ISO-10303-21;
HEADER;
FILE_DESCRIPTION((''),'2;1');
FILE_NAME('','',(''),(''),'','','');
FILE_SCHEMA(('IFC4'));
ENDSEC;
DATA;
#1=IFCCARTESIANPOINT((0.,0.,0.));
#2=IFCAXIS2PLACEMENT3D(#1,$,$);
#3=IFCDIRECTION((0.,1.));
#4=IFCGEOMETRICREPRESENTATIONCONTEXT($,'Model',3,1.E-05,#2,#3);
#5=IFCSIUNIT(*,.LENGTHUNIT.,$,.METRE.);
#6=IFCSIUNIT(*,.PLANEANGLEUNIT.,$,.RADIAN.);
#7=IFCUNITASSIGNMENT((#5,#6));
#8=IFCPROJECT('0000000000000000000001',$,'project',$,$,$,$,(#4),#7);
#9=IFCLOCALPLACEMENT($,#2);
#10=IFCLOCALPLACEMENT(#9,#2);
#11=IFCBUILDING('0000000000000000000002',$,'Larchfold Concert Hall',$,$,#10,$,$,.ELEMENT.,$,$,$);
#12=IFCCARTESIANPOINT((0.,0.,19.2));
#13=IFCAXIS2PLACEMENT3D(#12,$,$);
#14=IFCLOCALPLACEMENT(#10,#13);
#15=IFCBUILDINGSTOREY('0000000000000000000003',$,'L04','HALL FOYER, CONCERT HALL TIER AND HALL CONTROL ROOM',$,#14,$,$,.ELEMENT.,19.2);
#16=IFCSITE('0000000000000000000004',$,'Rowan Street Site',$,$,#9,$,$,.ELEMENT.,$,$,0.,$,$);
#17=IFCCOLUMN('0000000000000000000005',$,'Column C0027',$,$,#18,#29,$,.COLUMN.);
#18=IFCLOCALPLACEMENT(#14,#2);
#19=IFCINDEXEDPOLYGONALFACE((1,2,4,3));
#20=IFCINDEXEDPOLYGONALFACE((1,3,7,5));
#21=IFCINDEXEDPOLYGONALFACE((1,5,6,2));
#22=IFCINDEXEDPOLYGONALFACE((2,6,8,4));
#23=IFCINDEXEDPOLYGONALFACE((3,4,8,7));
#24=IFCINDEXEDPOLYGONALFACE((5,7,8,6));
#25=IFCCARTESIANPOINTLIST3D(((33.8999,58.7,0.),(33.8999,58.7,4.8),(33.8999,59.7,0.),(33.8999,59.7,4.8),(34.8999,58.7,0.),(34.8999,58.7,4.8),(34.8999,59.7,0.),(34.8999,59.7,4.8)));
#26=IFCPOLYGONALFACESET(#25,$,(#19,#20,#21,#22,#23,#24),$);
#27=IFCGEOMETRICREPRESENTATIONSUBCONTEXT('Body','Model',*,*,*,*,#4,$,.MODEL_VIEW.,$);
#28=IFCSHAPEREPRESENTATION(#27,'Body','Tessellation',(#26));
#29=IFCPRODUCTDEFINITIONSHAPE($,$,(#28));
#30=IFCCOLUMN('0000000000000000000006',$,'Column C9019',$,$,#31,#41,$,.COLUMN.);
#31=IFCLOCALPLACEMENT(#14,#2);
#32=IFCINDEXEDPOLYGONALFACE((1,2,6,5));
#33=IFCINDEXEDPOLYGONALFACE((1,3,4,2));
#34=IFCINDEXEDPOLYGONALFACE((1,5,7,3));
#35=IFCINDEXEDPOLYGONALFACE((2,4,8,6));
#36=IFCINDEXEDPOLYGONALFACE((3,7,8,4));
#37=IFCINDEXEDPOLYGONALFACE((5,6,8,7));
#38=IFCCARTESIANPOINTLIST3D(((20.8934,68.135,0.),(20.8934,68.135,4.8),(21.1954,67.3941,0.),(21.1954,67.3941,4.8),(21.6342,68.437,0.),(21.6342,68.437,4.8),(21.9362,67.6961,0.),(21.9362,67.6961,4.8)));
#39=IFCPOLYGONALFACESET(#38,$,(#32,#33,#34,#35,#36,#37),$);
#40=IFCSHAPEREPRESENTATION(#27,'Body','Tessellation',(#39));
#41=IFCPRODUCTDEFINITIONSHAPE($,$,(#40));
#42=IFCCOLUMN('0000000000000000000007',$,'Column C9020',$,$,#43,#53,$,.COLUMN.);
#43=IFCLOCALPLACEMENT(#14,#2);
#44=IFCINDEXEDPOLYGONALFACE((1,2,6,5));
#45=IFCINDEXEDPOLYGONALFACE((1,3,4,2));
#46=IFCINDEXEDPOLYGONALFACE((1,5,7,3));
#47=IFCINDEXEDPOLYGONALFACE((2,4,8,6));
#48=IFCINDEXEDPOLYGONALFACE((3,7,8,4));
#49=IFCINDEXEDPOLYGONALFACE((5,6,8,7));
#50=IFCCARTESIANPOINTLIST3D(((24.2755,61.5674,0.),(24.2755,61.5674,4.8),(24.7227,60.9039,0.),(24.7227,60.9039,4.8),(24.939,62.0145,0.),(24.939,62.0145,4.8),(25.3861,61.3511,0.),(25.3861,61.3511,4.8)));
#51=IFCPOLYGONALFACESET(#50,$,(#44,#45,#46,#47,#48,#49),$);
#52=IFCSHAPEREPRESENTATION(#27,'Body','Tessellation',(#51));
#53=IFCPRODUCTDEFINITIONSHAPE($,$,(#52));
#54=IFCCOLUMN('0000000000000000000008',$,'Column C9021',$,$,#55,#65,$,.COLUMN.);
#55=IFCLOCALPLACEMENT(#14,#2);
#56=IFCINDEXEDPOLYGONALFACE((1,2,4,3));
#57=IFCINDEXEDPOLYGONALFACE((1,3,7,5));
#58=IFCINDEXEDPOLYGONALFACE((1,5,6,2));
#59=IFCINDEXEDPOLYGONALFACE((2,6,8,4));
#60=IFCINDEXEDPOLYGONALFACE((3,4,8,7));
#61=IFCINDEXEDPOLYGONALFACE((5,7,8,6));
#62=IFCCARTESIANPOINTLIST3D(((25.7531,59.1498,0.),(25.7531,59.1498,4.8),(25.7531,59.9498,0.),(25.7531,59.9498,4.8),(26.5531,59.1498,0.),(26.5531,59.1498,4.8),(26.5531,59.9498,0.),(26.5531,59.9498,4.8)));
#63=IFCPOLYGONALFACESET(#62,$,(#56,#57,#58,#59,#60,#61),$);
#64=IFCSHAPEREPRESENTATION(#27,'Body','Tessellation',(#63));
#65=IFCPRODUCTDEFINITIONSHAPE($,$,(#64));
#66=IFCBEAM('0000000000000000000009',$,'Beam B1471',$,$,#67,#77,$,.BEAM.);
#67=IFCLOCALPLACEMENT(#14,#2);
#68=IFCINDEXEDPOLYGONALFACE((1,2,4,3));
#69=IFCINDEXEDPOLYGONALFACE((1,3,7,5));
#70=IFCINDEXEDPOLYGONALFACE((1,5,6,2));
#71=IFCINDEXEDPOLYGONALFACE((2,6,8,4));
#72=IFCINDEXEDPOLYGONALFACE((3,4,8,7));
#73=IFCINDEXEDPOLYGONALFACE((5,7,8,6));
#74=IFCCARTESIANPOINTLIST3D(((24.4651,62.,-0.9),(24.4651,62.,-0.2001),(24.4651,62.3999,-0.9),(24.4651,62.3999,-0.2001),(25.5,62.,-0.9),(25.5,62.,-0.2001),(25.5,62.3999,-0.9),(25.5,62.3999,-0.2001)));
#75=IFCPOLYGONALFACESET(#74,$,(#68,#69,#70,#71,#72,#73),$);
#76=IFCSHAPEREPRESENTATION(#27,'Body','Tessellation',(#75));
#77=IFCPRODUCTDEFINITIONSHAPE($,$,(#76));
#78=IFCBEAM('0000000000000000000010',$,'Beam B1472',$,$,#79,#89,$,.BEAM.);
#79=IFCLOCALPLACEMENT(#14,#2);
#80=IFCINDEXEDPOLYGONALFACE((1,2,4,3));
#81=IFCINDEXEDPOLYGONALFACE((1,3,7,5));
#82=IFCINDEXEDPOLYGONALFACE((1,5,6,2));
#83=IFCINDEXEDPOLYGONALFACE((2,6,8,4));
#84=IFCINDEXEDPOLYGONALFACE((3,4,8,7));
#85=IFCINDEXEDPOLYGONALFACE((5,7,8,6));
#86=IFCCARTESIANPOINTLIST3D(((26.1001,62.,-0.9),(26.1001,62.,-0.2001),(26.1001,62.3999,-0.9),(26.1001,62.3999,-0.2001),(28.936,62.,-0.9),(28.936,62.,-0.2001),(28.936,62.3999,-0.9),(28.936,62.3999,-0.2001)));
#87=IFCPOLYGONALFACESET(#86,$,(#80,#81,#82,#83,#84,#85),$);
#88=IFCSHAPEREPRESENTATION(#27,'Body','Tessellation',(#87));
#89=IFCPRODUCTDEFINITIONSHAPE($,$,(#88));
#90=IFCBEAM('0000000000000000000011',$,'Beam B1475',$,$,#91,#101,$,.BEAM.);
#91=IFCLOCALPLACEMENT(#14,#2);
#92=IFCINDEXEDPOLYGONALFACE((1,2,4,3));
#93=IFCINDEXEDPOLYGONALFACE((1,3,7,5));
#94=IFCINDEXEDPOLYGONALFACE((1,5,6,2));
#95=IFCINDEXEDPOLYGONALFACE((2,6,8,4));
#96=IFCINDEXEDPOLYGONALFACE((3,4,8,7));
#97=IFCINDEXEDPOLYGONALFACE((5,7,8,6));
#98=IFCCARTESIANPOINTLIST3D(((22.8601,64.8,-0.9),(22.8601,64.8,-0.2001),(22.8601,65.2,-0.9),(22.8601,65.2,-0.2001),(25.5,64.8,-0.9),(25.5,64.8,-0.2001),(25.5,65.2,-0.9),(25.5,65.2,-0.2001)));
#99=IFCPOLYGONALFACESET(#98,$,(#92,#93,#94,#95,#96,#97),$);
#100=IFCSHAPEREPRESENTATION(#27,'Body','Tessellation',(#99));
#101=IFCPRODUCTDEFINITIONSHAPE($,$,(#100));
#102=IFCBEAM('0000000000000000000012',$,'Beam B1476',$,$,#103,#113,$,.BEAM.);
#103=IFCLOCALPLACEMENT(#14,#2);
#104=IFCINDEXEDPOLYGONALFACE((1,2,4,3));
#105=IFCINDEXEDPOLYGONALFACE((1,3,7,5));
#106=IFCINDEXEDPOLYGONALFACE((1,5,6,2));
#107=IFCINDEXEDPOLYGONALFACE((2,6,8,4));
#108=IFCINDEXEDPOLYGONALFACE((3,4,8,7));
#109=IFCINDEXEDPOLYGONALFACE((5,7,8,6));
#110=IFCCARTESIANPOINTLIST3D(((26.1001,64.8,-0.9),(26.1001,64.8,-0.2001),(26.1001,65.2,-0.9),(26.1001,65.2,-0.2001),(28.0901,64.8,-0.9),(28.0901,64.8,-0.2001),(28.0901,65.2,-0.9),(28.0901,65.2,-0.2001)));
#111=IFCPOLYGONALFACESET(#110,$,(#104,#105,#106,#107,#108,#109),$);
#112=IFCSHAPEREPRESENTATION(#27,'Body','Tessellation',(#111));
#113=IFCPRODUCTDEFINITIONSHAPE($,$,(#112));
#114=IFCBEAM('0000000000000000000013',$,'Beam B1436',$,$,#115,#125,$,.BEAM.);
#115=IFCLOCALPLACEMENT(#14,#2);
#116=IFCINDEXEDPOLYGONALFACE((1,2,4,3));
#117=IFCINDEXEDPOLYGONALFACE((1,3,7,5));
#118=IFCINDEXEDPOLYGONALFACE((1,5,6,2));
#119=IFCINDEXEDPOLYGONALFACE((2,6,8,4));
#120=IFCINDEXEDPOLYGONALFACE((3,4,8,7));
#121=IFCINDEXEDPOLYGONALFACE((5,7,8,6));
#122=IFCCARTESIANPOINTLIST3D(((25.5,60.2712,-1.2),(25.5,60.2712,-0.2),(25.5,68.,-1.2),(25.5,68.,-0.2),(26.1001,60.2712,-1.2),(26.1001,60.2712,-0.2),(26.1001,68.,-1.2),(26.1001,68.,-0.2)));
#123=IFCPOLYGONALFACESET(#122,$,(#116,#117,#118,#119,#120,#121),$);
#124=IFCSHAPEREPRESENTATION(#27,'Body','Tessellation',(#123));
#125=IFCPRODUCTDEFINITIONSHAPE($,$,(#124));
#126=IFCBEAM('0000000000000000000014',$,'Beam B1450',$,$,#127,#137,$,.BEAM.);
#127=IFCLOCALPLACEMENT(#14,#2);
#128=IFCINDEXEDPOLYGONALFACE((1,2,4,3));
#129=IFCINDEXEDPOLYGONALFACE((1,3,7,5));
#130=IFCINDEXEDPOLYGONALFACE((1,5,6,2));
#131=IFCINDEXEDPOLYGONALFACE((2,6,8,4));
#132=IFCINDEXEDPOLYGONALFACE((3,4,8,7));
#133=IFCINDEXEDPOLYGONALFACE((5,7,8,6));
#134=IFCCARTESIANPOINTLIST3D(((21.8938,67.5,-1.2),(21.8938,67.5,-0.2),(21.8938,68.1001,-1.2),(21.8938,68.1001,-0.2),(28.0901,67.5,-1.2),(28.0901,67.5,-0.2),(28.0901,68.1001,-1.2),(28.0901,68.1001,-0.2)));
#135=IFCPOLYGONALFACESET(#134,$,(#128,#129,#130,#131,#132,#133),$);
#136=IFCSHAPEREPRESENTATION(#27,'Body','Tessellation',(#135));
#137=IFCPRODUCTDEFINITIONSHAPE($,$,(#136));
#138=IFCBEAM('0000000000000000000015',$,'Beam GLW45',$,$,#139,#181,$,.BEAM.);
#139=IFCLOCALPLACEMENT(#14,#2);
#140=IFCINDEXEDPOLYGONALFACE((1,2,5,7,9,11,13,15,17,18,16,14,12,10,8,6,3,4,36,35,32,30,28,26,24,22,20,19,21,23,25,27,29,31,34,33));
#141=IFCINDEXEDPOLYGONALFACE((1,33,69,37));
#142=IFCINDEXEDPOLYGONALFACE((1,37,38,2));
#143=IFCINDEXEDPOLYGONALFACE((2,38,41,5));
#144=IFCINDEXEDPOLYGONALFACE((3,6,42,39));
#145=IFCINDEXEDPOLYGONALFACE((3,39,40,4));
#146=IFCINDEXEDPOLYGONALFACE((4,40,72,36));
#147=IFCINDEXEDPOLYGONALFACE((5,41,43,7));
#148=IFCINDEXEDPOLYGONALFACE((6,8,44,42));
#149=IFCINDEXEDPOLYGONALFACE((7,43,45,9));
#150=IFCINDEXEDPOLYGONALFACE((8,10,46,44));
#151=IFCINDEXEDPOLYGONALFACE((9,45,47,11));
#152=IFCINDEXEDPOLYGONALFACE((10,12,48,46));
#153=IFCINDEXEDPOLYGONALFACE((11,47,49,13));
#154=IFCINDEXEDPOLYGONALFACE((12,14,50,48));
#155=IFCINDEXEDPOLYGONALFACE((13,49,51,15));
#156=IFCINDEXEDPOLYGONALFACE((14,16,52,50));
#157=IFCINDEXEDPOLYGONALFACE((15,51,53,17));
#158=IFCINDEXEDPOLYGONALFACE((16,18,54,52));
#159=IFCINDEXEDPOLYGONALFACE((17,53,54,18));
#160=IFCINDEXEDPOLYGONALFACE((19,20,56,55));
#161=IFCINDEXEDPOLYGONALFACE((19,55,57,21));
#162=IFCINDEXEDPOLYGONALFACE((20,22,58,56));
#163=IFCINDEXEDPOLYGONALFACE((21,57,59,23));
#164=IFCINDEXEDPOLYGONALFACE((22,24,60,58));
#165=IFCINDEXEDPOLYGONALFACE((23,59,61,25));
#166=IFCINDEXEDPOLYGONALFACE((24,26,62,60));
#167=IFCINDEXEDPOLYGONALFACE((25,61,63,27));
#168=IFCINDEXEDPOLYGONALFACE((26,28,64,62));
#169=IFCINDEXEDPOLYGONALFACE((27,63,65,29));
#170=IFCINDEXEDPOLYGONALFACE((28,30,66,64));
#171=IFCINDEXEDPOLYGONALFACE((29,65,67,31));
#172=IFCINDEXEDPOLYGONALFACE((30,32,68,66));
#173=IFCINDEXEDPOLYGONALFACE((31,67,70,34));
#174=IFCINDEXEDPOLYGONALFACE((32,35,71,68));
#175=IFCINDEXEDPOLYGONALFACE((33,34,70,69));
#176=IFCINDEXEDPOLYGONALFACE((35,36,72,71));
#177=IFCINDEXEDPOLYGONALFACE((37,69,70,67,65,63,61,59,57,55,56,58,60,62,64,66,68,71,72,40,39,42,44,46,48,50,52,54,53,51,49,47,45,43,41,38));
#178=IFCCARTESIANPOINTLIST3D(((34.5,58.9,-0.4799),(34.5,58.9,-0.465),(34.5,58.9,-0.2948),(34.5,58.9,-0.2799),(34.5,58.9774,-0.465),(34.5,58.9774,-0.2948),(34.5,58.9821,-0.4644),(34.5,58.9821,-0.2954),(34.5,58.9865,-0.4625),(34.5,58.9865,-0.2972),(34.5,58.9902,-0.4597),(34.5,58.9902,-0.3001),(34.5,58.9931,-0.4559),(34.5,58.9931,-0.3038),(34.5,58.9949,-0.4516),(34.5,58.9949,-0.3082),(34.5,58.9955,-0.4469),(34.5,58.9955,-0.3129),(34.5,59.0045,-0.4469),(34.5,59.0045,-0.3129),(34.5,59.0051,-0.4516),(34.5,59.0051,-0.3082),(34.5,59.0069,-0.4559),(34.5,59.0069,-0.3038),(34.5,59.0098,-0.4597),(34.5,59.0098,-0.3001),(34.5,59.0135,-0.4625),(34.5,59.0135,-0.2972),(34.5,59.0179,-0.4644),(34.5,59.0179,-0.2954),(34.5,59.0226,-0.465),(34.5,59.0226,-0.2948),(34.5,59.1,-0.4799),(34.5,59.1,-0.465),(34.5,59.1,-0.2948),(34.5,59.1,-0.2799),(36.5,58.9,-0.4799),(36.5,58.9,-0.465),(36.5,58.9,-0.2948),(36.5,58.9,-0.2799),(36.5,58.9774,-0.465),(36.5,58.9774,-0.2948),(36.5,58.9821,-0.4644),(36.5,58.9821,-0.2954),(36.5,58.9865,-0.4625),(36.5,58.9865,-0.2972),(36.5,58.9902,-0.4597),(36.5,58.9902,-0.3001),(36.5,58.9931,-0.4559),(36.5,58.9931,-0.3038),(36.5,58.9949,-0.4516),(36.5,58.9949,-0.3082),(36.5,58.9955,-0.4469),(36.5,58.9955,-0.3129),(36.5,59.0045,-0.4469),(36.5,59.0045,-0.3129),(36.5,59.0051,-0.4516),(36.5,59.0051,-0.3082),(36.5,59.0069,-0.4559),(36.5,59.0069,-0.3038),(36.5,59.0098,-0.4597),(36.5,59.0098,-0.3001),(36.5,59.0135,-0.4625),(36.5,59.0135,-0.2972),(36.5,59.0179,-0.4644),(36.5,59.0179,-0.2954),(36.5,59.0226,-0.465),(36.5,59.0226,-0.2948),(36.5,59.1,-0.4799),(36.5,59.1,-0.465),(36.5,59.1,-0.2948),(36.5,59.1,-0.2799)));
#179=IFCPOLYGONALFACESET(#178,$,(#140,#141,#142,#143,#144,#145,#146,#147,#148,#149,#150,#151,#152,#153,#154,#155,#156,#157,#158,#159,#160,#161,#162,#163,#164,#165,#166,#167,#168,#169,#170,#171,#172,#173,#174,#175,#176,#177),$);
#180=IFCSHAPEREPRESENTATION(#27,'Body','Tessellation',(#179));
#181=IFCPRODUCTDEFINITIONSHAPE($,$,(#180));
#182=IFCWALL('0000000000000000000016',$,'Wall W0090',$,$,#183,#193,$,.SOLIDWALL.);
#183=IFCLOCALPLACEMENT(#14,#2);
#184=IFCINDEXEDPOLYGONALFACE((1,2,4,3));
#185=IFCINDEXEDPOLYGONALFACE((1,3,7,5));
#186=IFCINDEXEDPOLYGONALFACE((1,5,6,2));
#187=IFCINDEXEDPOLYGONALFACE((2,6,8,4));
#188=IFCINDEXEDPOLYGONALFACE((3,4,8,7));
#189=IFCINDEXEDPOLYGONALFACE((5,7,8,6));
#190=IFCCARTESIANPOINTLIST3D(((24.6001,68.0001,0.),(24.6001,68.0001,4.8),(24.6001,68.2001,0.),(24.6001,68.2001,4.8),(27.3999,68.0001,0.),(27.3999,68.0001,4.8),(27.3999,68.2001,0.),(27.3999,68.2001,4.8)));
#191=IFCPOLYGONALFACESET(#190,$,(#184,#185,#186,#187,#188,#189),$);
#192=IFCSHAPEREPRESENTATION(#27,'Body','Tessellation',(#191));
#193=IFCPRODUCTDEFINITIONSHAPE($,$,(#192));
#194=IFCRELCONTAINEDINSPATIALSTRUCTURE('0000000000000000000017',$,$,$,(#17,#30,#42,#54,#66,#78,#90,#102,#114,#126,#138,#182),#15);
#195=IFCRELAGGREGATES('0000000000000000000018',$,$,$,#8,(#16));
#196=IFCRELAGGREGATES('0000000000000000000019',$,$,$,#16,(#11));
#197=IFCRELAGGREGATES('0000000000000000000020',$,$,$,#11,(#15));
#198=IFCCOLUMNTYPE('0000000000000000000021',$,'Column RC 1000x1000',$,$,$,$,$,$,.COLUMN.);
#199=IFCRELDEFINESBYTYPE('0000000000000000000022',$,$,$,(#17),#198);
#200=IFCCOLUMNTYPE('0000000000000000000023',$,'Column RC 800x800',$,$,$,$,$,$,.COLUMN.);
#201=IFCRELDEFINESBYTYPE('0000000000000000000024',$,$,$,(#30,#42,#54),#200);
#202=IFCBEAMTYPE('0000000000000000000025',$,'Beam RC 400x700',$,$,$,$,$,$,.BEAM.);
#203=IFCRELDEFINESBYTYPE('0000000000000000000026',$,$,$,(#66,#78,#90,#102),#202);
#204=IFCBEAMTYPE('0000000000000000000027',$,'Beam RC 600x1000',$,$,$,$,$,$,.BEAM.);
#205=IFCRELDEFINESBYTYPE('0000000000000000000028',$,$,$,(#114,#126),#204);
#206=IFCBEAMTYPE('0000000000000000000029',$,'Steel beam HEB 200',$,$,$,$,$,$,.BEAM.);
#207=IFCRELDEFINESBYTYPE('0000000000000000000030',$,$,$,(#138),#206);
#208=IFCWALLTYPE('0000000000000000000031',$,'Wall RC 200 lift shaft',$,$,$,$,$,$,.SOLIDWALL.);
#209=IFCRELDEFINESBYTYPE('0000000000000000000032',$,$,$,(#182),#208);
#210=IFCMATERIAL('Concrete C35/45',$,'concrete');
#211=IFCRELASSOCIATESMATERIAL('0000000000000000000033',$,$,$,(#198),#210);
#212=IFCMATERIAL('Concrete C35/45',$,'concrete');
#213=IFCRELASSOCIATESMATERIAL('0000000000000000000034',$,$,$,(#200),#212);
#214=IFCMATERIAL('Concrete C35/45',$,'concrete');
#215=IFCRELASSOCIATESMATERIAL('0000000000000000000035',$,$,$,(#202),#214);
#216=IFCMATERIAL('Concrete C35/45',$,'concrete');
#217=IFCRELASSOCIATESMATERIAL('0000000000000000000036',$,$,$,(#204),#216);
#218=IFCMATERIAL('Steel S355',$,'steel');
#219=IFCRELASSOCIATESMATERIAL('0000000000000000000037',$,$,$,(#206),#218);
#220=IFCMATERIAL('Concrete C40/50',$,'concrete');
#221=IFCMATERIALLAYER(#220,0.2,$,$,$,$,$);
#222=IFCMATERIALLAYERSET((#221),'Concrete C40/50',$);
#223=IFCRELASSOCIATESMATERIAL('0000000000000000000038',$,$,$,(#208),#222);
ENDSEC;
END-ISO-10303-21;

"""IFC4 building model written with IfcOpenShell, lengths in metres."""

from ifc_helpers import new_model, si_unit, direction, frame, frame_2d, origin, origin_2d, place, context, subcontext, project, spatial, rectangle, i_section, extrude, material, layer, layer_set, material_profile, profile_set, type_object, element, save


model = new_model("IFC4")

# Units and contexts
model_context = context("Model", 3, precision=1e-05, world=origin(), true_north=direction((0.0, 1.0)))
body_context = subcontext(model_context, "Body", "Model", "MODEL_VIEW")
ifc_project = project(units=[si_unit("LENGTHUNIT", "METRE"), si_unit("PLANEANGLEUNIT", "RADIAN")], contexts=[model_context])

# Site, building, storey
site_placement = place(None, origin())
site = spatial("IfcSite", under=ifc_project, at=site_placement, Name="Rowan Street Site", CompositionType="ELEMENT", RefElevation=0.0)
building_placement = place(site_placement, origin())
building = spatial("IfcBuilding", under=site, at=building_placement, Name="Larchfold Concert Hall", CompositionType="ELEMENT")
storey_placement = place(building_placement, frame((0.0, 0.0, 19.2)))
storey = spatial("IfcBuildingStorey", under=building, at=storey_placement, Name="L04", Description="HALL FOYER, CONCERT HALL TIER AND HALL CONTROL ROOM", CompositionType="ELEMENT", Elevation=19.2)

# Columns
ifc_material_1 = material(Name="Concrete C35/45", Category="concrete")
ifc_material_profile_1 = material_profile(ifc_material_1, rectangle(XDim=1.0, YDim=1.0, at=origin_2d()))
ifc_profile_set_1 = profile_set([ifc_material_profile_1], Name="Concrete C35/45")
column_type_1 = type_object("IfcColumnType", Name="Column RC 1000x1000", PredefinedType="COLUMN", material=ifc_profile_set_1)
column_placement = place(storey_placement, frame((34.3999, 59.2, 0.0), z_axis=(0.0, 0.0, 1.0), x_axis=(1.0, 0.0, 0.0)))
element("IfcColumn", 1, at=column_placement, inside=storey, type_object=column_type_1, Name="Column C0027", PredefinedType="COLUMN", context=body_context, shape_type="SweptSolid", body=[
    extrude(rectangle(XDim=1.0, YDim=1.0, at=origin_2d()), origin(), (0.0, 0.0, 1.0), 4.8),
])
ifc_material_2 = material(Name="Concrete C35/45", Category="concrete")
ifc_material_profile_2 = material_profile(ifc_material_2, rectangle(XDim=0.8, YDim=0.8, at=origin_2d()))
ifc_profile_set_2 = profile_set([ifc_material_profile_2], Name="Concrete C35/45")
column_type_2 = type_object("IfcColumnType", Name="Column RC 800x800", PredefinedType="COLUMN", material=ifc_profile_set_2)
for number, where, z_axis, x_axis, name in (
    (2, (21.4148, 67.9155, 0.0), (0.0, 0.0, 1.0), (0.926014, 0.37749, 0.0), "Column C9019"),
    (3, (24.8308, 61.4592, 0.0), (0.0, 0.0, 1.0), (0.829253, 0.558874, 0.0), "Column C9020"),
    (4, (26.1531, 59.5498, 0.0), (0.0, 0.0, 1.0), (1.0, 0.0, 0.0), "Column C9021"),
):
    element("IfcColumn", number, at=place(storey_placement, frame(where, z_axis=z_axis, x_axis=x_axis)), inside=storey, type_object=column_type_2, Name=name, PredefinedType="COLUMN", context=body_context, shape_type="SweptSolid", body=[
        extrude(rectangle(XDim=0.8, YDim=0.8, at=origin_2d()), origin(), (0.0, 0.0, 1.0), 4.8),
    ])

# Beams
ifc_material_3 = material(Name="Concrete C35/45", Category="concrete")
ifc_material_profile_3 = material_profile(ifc_material_3, rectangle(XDim=0.3999, YDim=0.7, at=origin_2d()))
ifc_profile_set_3 = profile_set([ifc_material_profile_3], Name="Concrete C35/45")
beam_type_1 = type_object("IfcBeamType", Name="Beam RC 400x700", PredefinedType="BEAM", material=ifc_profile_set_3)
beam_1_placement = place(storey_placement, frame((24.4651, 62.2, -0.55), z_axis=(1.0, 0.0, 0.0), x_axis=(0.0, 1.0, 0.0)))
element("IfcBeam", 5, at=beam_1_placement, inside=storey, type_object=beam_type_1, Name="Beam B1471", PredefinedType="BEAM", context=body_context, shape_type="SweptSolid", body=[
    extrude(rectangle(XDim=0.3999, YDim=0.7, at=origin_2d()), origin(), (0.0, 0.0, 1.0), 1.0349),
])
beam_2_placement = place(storey_placement, frame((26.1001, 62.2, -0.55), z_axis=(1.0, 0.0, 0.0), x_axis=(0.0, 1.0, 0.0)))
element("IfcBeam", 6, at=beam_2_placement, inside=storey, type_object=beam_type_1, Name="Beam B1472", PredefinedType="BEAM", context=body_context, shape_type="SweptSolid", body=[
    extrude(rectangle(XDim=0.3999, YDim=0.7, at=origin_2d()), origin(), (0.0, 0.0, 1.0), 2.8359),
])
beam_3_placement = place(storey_placement, frame((22.8601, 65.0, -0.55), z_axis=(1.0, 0.0, 0.0), x_axis=(0.0, 1.0, 0.0)))
element("IfcBeam", 7, at=beam_3_placement, inside=storey, type_object=beam_type_1, Name="Beam B1475", PredefinedType="BEAM", context=body_context, shape_type="SweptSolid", body=[
    extrude(rectangle(XDim=0.3999, YDim=0.7, at=origin_2d()), origin(), (0.0, 0.0, 1.0), 2.6399),
])
beam_4_placement = place(storey_placement, frame((26.1001, 65.0, -0.55), z_axis=(1.0, 0.0, 0.0), x_axis=(0.0, 1.0, 0.0)))
element("IfcBeam", 8, at=beam_4_placement, inside=storey, type_object=beam_type_1, Name="Beam B1476", PredefinedType="BEAM", context=body_context, shape_type="SweptSolid", body=[
    extrude(rectangle(XDim=0.3999, YDim=0.7, at=origin_2d()), origin(), (0.0, 0.0, 1.0), 1.99),
])
ifc_material_4 = material(Name="Concrete C35/45", Category="concrete")
ifc_material_profile_4 = material_profile(ifc_material_4, rectangle(XDim=0.6001, YDim=1.0, at=origin_2d()))
ifc_profile_set_4 = profile_set([ifc_material_profile_4], Name="Concrete C35/45")
beam_type_2 = type_object("IfcBeamType", Name="Beam RC 600x1000", PredefinedType="BEAM", material=ifc_profile_set_4)
beam_5_placement = place(storey_placement, frame((25.8, 60.2712, -0.7), z_axis=(0.0, 1.0, 0.0), x_axis=(-1.0, 0.0, 0.0)))
element("IfcBeam", 9, at=beam_5_placement, inside=storey, type_object=beam_type_2, Name="Beam B1436", PredefinedType="BEAM", context=body_context, shape_type="SweptSolid", body=[
    extrude(rectangle(XDim=0.6001, YDim=1.0, at=origin_2d()), origin(), (0.0, 0.0, 1.0), 7.7288),
])
beam_6_placement = place(storey_placement, frame((21.8938, 67.8, -0.7), z_axis=(1.0, 0.0, 0.0), x_axis=(0.0, 1.0, 0.0)))
element("IfcBeam", 10, at=beam_6_placement, inside=storey, type_object=beam_type_2, Name="Beam B1450", PredefinedType="BEAM", context=body_context, shape_type="SweptSolid", body=[
    extrude(rectangle(XDim=0.6001, YDim=1.0, at=origin_2d()), origin(), (0.0, 0.0, 1.0), 6.1963),
])
ifc_material_5 = material(Name="Steel S355", Category="steel")
ifc_material_profile_5 = material_profile(ifc_material_5, i_section(OverallWidth=0.2, OverallDepth=0.2, WebThickness=0.009, FlangeThickness=0.0149, FilletRadius=0.0181, at=origin_2d()))
ifc_profile_set_5 = profile_set([ifc_material_profile_5], Name="Steel S355")
beam_type_3 = type_object("IfcBeamType", Name="Steel beam HEB 200", PredefinedType="BEAM", material=ifc_profile_set_5)
beam_7_placement = place(storey_placement, frame((34.5, 59.0, -0.3799), z_axis=(1.0, 0.0, 0.0), x_axis=(0.0, 1.0, 0.0)))
element("IfcBeam", 11, at=beam_7_placement, inside=storey, type_object=beam_type_3, Name="Beam GLW45", PredefinedType="BEAM", context=body_context, shape_type="SweptSolid", body=[
    extrude(i_section(OverallWidth=0.2, OverallDepth=0.2, WebThickness=0.009, FlangeThickness=0.0149, FilletRadius=0.0181, at=origin_2d()), origin(), (0.0, 0.0, 1.0), 2.0),
])

# Wall
ifc_material_6 = material(Name="Concrete C40/50", Category="concrete")
ifc_layer_1 = layer(ifc_material_6, 0.2)
ifc_layer_set_1 = layer_set([ifc_layer_1], Name="Concrete C40/50")
wall_type_1 = type_object("IfcWallType", Name="Wall RC 200 lift shaft", PredefinedType="SOLIDWALL", material=ifc_layer_set_1)
wall_1_placement = place(storey_placement, frame((24.6001, 68.1001, 0.0), z_axis=(0.0, 0.0, 1.0), x_axis=(1.0, 0.0, 0.0)))
element("IfcWall", 12, at=wall_1_placement, inside=storey, type_object=wall_type_1, Name="Wall W0090", PredefinedType="SOLIDWALL", context=body_context, shape_type="SweptSolid", body=[
    extrude(rectangle(XDim=2.7998, YDim=0.2, at=frame_2d((1.3999, 0.0))), origin(), (0.0, 0.0, 1.0), 4.8),
])

save(model, "model.ifc")
